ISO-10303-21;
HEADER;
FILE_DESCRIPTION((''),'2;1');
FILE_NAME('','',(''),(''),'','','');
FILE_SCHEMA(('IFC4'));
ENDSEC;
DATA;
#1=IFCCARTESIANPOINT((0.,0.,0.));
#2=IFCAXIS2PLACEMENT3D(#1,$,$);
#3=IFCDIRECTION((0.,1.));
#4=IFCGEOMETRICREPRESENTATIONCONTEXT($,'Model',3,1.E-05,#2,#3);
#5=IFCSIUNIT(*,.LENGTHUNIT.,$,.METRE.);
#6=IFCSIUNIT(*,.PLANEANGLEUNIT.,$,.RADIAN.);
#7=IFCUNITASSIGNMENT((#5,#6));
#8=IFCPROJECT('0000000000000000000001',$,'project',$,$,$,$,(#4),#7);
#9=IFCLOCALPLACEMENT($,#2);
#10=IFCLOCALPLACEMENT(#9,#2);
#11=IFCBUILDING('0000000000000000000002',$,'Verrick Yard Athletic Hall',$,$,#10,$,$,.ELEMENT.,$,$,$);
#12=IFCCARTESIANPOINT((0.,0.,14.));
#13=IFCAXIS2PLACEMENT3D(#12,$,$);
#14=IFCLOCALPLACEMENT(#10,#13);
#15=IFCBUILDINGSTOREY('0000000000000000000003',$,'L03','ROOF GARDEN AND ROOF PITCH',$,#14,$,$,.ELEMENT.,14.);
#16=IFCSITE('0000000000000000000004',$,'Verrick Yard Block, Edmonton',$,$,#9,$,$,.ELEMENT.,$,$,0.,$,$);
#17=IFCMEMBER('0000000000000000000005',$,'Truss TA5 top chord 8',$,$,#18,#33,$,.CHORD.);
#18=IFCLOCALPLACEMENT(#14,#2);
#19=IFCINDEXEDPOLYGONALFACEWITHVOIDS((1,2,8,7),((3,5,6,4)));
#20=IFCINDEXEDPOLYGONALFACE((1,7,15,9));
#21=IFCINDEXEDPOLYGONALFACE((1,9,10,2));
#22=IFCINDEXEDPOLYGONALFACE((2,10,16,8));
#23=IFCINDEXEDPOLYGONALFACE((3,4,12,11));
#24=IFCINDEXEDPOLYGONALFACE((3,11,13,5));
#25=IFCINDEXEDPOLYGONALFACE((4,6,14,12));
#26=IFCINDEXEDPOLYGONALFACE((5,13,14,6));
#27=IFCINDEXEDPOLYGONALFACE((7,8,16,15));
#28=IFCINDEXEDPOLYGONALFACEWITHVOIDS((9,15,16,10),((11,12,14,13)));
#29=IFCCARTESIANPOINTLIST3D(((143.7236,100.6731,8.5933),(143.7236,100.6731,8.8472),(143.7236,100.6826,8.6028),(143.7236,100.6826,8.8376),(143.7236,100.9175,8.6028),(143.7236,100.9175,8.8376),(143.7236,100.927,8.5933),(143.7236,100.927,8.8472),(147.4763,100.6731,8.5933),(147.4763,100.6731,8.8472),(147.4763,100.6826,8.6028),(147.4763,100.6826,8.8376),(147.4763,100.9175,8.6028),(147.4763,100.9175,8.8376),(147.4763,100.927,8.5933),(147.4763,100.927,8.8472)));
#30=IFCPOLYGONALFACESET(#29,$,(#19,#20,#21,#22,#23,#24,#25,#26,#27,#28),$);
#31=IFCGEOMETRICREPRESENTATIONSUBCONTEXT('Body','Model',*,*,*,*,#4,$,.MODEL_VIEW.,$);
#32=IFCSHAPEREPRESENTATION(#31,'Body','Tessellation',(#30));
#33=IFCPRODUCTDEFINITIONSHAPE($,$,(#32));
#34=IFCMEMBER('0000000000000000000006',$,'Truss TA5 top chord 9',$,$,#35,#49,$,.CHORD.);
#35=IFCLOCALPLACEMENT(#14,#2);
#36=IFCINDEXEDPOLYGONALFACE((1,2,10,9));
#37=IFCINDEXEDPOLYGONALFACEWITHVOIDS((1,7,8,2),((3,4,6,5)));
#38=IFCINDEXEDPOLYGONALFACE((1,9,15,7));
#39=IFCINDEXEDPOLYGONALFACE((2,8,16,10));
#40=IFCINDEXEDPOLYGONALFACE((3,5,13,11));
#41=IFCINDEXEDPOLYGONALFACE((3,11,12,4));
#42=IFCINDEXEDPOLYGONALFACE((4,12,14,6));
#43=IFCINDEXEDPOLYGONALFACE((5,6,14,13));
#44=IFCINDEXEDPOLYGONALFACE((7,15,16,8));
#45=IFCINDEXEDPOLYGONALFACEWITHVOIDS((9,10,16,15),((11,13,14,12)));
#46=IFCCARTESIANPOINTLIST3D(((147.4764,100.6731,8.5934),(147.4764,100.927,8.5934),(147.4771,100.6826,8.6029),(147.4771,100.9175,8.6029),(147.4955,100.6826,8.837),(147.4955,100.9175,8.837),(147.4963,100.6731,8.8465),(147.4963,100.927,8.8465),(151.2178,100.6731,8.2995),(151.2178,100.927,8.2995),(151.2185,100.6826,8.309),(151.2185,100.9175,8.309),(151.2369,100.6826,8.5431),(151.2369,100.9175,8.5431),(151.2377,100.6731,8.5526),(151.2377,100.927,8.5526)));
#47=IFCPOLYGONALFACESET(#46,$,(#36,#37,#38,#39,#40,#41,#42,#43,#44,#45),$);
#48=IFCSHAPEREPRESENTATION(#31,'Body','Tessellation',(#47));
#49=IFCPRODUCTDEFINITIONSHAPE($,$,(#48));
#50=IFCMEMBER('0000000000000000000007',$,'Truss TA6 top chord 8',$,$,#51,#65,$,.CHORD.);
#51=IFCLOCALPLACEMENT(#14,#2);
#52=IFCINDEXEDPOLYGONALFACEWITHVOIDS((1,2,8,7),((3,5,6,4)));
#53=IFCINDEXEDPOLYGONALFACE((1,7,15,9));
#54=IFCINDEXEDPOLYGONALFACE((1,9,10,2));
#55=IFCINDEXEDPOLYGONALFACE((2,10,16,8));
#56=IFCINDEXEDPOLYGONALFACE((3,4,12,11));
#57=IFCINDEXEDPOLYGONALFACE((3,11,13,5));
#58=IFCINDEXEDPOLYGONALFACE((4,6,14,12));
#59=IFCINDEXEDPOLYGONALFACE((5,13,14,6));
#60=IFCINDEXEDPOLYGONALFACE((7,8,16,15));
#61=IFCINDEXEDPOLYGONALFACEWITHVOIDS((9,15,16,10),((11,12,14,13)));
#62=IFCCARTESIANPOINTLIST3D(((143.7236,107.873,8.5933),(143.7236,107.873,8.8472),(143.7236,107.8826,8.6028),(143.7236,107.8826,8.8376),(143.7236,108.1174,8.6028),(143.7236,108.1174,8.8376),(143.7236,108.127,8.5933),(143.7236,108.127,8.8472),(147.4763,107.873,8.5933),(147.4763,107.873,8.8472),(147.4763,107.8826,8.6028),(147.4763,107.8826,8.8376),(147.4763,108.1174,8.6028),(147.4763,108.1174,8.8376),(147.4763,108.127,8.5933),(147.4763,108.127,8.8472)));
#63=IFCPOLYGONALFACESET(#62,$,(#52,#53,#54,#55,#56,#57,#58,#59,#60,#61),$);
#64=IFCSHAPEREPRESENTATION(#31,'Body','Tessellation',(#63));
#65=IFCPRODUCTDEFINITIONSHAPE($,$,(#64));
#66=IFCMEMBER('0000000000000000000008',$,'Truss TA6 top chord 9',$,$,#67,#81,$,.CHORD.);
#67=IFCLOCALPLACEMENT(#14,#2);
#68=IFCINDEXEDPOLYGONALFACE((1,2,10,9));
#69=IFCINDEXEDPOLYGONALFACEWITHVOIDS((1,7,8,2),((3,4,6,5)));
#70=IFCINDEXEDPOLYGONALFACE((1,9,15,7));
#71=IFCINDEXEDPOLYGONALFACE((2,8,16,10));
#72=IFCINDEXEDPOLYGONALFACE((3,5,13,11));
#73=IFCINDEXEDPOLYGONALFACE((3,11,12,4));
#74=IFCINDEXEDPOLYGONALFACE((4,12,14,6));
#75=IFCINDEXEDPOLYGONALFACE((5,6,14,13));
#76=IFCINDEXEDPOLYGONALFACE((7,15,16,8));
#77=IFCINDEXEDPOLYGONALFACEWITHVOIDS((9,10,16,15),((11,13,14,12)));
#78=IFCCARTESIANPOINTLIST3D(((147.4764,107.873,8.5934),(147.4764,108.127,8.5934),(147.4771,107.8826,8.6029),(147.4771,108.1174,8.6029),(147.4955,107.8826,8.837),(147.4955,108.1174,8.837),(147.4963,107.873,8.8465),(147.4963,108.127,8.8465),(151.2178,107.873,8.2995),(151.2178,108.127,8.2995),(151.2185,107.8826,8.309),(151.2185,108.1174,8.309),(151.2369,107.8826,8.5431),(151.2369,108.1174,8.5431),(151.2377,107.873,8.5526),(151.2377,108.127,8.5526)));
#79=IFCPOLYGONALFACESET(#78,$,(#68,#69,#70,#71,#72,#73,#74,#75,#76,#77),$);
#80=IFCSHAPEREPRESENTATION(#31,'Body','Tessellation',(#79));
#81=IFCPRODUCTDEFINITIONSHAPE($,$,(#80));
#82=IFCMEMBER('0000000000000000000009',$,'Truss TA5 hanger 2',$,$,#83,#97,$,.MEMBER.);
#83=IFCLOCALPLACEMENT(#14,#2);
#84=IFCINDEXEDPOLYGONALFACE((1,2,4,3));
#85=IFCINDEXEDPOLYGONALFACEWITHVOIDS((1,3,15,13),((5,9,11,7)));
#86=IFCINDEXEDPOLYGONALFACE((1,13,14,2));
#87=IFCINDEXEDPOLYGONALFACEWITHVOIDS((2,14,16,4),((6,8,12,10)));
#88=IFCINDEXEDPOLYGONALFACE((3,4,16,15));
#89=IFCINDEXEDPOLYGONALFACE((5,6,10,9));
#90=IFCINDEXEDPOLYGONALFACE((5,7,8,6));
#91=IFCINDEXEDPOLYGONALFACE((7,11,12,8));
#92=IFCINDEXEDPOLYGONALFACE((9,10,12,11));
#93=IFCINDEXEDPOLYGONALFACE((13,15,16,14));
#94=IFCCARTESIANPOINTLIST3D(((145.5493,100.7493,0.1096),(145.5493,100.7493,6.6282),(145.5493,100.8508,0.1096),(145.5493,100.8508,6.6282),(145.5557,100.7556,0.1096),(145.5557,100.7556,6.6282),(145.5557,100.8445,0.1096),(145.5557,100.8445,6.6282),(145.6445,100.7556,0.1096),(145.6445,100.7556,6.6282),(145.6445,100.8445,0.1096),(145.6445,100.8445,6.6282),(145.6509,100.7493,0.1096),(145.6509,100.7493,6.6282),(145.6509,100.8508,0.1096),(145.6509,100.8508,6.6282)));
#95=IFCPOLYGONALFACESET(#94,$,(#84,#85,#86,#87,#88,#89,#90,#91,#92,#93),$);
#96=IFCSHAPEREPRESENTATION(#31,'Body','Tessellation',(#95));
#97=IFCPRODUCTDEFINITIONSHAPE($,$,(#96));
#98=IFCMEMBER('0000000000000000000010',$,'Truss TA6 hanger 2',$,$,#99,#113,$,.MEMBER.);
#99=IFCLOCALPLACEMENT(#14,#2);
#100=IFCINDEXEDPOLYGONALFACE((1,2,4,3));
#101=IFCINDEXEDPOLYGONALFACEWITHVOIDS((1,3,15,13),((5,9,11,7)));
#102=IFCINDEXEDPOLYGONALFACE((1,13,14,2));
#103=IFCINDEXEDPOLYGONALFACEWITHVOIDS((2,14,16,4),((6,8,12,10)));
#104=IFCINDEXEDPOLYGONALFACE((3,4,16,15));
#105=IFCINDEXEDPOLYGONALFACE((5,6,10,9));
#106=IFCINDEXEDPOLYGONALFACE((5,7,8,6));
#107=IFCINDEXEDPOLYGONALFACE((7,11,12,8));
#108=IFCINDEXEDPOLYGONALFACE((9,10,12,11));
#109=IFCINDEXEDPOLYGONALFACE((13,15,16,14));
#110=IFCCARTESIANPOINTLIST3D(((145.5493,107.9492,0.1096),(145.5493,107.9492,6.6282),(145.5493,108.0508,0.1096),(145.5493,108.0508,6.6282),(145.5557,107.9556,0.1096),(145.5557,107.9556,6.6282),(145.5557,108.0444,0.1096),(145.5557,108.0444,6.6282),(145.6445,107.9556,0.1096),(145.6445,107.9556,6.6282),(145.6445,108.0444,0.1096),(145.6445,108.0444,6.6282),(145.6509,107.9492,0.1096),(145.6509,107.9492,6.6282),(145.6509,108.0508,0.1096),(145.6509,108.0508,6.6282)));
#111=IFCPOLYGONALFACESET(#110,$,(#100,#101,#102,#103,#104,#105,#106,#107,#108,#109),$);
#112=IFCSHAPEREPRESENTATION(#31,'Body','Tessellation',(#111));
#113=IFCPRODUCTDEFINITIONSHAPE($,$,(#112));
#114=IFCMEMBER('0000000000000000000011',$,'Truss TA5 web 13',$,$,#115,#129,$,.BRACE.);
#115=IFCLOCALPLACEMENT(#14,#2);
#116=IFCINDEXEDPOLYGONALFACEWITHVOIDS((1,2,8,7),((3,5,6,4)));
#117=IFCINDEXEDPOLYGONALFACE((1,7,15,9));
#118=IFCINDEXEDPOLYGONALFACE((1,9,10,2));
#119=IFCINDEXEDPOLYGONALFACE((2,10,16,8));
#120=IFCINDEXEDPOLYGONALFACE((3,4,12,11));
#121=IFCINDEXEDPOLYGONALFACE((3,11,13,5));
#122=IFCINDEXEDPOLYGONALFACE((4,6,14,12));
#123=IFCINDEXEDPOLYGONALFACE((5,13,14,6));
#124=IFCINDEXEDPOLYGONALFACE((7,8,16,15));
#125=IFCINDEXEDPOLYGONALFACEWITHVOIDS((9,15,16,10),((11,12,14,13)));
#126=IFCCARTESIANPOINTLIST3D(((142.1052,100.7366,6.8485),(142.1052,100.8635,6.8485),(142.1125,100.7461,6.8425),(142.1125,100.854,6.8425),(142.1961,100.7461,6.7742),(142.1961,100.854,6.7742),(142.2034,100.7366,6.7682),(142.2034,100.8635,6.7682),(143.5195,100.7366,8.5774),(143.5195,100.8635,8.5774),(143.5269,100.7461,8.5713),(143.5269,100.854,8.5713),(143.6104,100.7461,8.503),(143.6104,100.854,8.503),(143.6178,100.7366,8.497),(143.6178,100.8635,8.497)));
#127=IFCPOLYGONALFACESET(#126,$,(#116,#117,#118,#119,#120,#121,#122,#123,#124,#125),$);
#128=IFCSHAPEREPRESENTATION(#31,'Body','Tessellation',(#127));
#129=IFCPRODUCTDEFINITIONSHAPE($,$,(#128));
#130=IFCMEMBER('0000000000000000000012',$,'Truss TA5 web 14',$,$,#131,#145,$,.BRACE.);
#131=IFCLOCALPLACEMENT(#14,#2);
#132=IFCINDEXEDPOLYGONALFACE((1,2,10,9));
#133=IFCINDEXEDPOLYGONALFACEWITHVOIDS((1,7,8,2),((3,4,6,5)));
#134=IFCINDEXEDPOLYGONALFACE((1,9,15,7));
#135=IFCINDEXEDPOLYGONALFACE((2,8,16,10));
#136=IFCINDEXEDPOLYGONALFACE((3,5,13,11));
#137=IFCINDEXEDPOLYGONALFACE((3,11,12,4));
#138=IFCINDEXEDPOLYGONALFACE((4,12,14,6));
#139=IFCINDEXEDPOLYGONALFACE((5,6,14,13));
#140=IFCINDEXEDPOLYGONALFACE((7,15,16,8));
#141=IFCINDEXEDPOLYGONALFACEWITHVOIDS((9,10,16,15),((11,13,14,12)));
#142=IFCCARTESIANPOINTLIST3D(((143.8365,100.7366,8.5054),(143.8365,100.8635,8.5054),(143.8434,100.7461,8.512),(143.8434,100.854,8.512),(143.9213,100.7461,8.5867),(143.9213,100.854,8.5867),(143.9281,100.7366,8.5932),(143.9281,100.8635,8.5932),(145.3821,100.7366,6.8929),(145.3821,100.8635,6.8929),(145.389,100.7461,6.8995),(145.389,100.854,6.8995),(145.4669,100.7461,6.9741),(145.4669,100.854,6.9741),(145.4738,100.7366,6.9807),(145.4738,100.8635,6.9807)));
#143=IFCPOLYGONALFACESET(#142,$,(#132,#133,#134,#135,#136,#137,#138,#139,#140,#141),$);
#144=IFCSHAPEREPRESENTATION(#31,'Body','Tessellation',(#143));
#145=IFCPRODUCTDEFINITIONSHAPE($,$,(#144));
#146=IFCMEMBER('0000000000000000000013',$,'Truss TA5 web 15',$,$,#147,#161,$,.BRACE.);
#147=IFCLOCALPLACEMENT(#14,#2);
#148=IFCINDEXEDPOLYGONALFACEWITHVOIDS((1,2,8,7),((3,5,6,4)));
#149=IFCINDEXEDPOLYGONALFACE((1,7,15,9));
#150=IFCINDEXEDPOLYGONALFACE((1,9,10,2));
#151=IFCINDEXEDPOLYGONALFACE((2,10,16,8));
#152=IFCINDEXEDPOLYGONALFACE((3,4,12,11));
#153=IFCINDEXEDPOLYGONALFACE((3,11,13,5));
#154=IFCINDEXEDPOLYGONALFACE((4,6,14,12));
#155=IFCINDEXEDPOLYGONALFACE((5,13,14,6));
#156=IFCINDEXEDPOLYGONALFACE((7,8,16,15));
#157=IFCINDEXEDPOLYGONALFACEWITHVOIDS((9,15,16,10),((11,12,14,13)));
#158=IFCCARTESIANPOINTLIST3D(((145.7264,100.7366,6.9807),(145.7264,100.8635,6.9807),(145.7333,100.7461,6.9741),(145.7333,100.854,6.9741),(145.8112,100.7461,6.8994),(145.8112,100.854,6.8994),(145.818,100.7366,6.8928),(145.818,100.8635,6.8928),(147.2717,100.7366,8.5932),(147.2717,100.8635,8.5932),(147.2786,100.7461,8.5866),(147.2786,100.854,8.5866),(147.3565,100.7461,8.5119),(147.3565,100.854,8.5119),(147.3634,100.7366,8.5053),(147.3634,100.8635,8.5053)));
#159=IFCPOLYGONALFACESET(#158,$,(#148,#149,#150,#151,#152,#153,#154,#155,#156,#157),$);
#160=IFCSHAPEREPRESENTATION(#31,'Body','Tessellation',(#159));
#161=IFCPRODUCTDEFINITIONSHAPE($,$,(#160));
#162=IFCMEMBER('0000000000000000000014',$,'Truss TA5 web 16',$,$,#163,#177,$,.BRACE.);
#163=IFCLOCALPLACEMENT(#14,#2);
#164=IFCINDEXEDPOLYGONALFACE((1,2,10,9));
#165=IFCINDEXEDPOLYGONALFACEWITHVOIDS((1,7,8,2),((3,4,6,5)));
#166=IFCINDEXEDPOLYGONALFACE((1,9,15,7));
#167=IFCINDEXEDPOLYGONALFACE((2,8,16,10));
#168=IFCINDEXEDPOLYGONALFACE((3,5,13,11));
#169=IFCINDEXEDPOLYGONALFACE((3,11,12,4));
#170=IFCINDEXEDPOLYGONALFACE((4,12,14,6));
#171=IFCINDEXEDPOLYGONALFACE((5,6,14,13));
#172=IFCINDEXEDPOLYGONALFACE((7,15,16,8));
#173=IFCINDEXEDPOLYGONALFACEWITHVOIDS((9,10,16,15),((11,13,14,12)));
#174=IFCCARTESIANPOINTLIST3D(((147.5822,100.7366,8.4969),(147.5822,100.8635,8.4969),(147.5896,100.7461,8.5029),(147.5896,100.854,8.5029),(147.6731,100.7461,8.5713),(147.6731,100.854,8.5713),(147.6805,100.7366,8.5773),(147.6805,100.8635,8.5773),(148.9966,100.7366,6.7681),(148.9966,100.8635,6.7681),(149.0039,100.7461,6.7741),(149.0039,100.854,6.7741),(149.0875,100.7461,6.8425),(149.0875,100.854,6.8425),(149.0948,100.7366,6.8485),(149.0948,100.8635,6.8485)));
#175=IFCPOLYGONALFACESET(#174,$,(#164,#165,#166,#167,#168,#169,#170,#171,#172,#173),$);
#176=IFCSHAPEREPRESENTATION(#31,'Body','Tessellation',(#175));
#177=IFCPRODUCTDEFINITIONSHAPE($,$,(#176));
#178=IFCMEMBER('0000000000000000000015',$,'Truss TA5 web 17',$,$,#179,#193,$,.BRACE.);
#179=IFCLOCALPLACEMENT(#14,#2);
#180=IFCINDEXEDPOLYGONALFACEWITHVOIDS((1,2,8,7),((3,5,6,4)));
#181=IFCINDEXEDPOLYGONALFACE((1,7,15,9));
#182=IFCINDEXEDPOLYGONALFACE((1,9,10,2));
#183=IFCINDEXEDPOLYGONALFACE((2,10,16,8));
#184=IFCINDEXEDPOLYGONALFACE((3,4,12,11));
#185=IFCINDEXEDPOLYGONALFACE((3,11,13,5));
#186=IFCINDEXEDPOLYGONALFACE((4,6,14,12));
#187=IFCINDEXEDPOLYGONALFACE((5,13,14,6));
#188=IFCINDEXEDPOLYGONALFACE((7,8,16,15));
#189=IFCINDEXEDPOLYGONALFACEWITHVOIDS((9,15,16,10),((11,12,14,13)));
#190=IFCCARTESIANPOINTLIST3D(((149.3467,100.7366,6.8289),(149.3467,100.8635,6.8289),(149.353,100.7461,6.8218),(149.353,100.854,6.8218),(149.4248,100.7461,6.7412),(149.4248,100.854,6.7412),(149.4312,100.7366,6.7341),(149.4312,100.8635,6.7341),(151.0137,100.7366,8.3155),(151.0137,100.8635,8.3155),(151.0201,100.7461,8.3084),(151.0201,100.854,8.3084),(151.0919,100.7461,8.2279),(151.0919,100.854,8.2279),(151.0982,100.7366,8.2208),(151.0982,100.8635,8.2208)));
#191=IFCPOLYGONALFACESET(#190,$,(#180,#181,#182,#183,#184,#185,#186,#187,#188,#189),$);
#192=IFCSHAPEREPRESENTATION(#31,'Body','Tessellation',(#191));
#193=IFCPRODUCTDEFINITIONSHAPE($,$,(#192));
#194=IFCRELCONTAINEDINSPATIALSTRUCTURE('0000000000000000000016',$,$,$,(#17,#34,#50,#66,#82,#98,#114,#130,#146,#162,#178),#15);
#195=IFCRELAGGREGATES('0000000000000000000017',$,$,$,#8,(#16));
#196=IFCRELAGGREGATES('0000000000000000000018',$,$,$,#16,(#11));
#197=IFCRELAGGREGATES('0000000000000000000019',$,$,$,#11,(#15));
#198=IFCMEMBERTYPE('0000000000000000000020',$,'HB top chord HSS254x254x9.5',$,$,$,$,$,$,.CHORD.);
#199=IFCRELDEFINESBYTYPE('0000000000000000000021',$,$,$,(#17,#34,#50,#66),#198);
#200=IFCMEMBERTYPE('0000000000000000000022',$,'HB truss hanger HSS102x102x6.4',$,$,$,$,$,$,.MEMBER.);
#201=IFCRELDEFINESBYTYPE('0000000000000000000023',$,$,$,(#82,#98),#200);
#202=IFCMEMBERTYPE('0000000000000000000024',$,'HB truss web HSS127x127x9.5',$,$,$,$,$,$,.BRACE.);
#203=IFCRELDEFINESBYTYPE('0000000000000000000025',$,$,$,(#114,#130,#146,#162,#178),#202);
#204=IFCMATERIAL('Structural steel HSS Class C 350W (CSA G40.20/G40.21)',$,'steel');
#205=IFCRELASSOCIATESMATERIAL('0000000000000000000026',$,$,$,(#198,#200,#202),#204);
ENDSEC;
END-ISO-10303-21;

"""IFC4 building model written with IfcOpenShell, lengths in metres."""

from ifc_helpers import new_model, si_unit, direction, frame, origin, origin_2d, place, context, subcontext, project, spatial, hollow_rectangle, extrude, material, material_profile, profile_set, type_object, element, save


model = new_model("IFC4")

# Units and contexts
model_context = context("Model", 3, precision=1e-05, world=origin(), true_north=direction((0.0, 1.0)))
body_context = subcontext(model_context, "Body", "Model", "MODEL_VIEW")
ifc_project = project(units=[si_unit("LENGTHUNIT", "METRE"), si_unit("PLANEANGLEUNIT", "RADIAN")], contexts=[model_context])

# Site, building, storey
site_placement = place(None, origin())
site = spatial("IfcSite", under=ifc_project, at=site_placement, Name="Verrick Yard Block, Edmonton", CompositionType="ELEMENT", RefElevation=0.0)
building_placement = place(site_placement, origin())
building = spatial("IfcBuilding", under=site, at=building_placement, Name="Verrick Yard Athletic Hall", CompositionType="ELEMENT")
storey_placement = place(building_placement, frame((0.0, 0.0, 14.0)))
storey = spatial("IfcBuildingStorey", under=building, at=storey_placement, Name="L03", Description="ROOF GARDEN AND ROOF PITCH", CompositionType="ELEMENT", Elevation=14.0)

# Members
ifc_material_1 = material(Name="Structural steel HSS Class C 350W (CSA G40.20/G40.21)", Category="steel")
ifc_material_profile_1 = material_profile(ifc_material_1, hollow_rectangle(XDim=0.2539, YDim=0.2539, WallThickness=0.0095, at=origin_2d()), Name="HSS254x254x9.5")
ifc_profile_set_1 = profile_set([ifc_material_profile_1], Name="Structural steel HSS Class C 350W (CSA G40.20/G40.21)")
member_type_1 = type_object("IfcMemberType", Name="HB top chord HSS254x254x9.5", PredefinedType="CHORD", material=ifc_profile_set_1)
member_1_placement = place(storey_placement, frame((143.7236, 100.8, 8.7202), z_axis=(1.0, 0.0, 0.0), x_axis=(0.0, 1.0, 0.0)))
element("IfcMember", 1, at=member_1_placement, inside=storey, type_object=member_type_1, Name="Truss TA5 top chord 8", PredefinedType="CHORD", context=body_context, shape_type="SweptSolid", body=[
    extrude(hollow_rectangle(XDim=0.2539, YDim=0.2539, WallThickness=0.0095, at=origin_2d()), origin(), (0.0, 0.0, 1.0), 3.7527),
])
member_2_placement = place(storey_placement, frame((147.4863, 100.8, 8.72), z_axis=(0.996928, 0.0, -0.078323), x_axis=(0.0, 1.0, 0.0)))
element("IfcMember", 2, at=member_2_placement, inside=storey, type_object=member_type_1, Name="Truss TA5 top chord 9", PredefinedType="CHORD", context=body_context, shape_type="SweptSolid", body=[
    extrude(hollow_rectangle(XDim=0.2539, YDim=0.2539, WallThickness=0.0095, at=origin_2d()), origin(), (0.0, 0.0, 1.0), 3.7529),
])
member_3_placement = place(storey_placement, frame((143.7236, 108.0, 8.7202), z_axis=(1.0, 0.0, 0.0), x_axis=(0.0, 1.0, 0.0)))
element("IfcMember", 3, at=member_3_placement, inside=storey, type_object=member_type_1, Name="Truss TA6 top chord 8", PredefinedType="CHORD", context=body_context, shape_type="SweptSolid", body=[
    extrude(hollow_rectangle(XDim=0.2539, YDim=0.2539, WallThickness=0.0095, at=origin_2d()), origin(), (0.0, 0.0, 1.0), 3.7527),
])
member_4_placement = place(storey_placement, frame((147.4863, 108.0, 8.72), z_axis=(0.996928, 0.0, -0.078323), x_axis=(0.0, 1.0, 0.0)))
element("IfcMember", 4, at=member_4_placement, inside=storey, type_object=member_type_1, Name="Truss TA6 top chord 9", PredefinedType="CHORD", context=body_context, shape_type="SweptSolid", body=[
    extrude(hollow_rectangle(XDim=0.2539, YDim=0.2539, WallThickness=0.0095, at=origin_2d()), origin(), (0.0, 0.0, 1.0), 3.7529),
])
ifc_material_profile_2 = material_profile(ifc_material_1, hollow_rectangle(XDim=0.1016, YDim=0.1016, WallThickness=0.0063, at=origin_2d()), Name="HSS102x102x6.4")
ifc_profile_set_2 = profile_set([ifc_material_profile_2], Name="Structural steel HSS Class C 350W (CSA G40.20/G40.21)")
member_type_2 = type_object("IfcMemberType", Name="HB truss hanger HSS102x102x6.4", PredefinedType="MEMBER", material=ifc_profile_set_2)
for number, where, z_axis, x_axis, name in (
    (5, (145.6001, 100.8, 6.6282), (0.0, 0.0, -1.0), (0.0, -1.0, 0.0), "Truss TA5 hanger 2"),
    (6, (145.6001, 108.0, 6.6282), (0.0, 0.0, -1.0), (0.0, -1.0, 0.0), "Truss TA6 hanger 2"),
):
    element("IfcMember", number, at=place(storey_placement, frame(where, z_axis=z_axis, x_axis=x_axis)), inside=storey, type_object=member_type_2, Name=name, PredefinedType="MEMBER", context=body_context, shape_type="SweptSolid", body=[
        extrude(hollow_rectangle(XDim=0.1016, YDim=0.1016, WallThickness=0.0063, at=origin_2d()), origin(), (0.0, 0.0, 1.0), 6.5186),
    ])
ifc_material_profile_3 = material_profile(ifc_material_1, hollow_rectangle(XDim=0.127, YDim=0.127, WallThickness=0.0095, at=origin_2d()), Name="HSS127x127x9.5")
ifc_profile_set_3 = profile_set([ifc_material_profile_3], Name="Structural steel HSS Class C 350W (CSA G40.20/G40.21)")
member_type_3 = type_object("IfcMemberType", Name="HB truss web HSS127x127x9.5", PredefinedType="BRACE", material=ifc_profile_set_3)
for number, where, z_axis, x_axis, name in (
    (7, (142.1543, 100.8, 6.8083), (0.633202, 0.0, 0.773987), (0.0, 1.0, 0.0), "Truss TA5 web 13"),
    (8, (143.8823, 100.8, 8.5493), (0.691974, 0.0, -0.721922), (0.0, 1.0, 0.0), "Truss TA5 web 14"),
):
    element("IfcMember", number, at=place(storey_placement, frame(where, z_axis=z_axis, x_axis=x_axis)), inside=storey, type_object=member_type_3, Name=name, PredefinedType="BRACE", context=body_context, shape_type="SweptSolid", body=[
        extrude(hollow_rectangle(XDim=0.127, YDim=0.127, WallThickness=0.0095, at=origin_2d()), origin(), (0.0, 0.0, 1.0), 2.2336),
    ])
member_5_placement = place(storey_placement, frame((145.7722, 100.8, 6.9368), z_axis=(0.691917, 0.0, 0.721977), x_axis=(0.0, 1.0, 0.0)))
element("IfcMember", 9, at=member_5_placement, inside=storey, type_object=member_type_3, Name="Truss TA5 web 15", PredefinedType="BRACE", context=body_context, shape_type="SweptSolid", body=[
    extrude(hollow_rectangle(XDim=0.127, YDim=0.127, WallThickness=0.0095, at=origin_2d()), origin(), (0.0, 0.0, 1.0), 2.2334),
])
for number, where, z_axis, x_axis, name in (
    (10, (147.6313, 100.8, 8.5371), (0.633202, 0.0, -0.773987), (0.0, 1.0, 0.0), "Truss TA5 web 16"),
    (11, (149.3889, 100.8, 6.7815), (0.746341, 0.0, 0.665564), (0.0, 1.0, 0.0), "Truss TA5 web 17"),
):
    element("IfcMember", number, at=place(storey_placement, frame(where, z_axis=z_axis, x_axis=x_axis)), inside=storey, type_object=member_type_3, Name=name, PredefinedType="BRACE", context=body_context, shape_type="SweptSolid", body=[
        extrude(hollow_rectangle(XDim=0.127, YDim=0.127, WallThickness=0.0095, at=origin_2d()), origin(), (0.0, 0.0, 1.0), 2.2336),
    ])

save(model, "model.ifc")
